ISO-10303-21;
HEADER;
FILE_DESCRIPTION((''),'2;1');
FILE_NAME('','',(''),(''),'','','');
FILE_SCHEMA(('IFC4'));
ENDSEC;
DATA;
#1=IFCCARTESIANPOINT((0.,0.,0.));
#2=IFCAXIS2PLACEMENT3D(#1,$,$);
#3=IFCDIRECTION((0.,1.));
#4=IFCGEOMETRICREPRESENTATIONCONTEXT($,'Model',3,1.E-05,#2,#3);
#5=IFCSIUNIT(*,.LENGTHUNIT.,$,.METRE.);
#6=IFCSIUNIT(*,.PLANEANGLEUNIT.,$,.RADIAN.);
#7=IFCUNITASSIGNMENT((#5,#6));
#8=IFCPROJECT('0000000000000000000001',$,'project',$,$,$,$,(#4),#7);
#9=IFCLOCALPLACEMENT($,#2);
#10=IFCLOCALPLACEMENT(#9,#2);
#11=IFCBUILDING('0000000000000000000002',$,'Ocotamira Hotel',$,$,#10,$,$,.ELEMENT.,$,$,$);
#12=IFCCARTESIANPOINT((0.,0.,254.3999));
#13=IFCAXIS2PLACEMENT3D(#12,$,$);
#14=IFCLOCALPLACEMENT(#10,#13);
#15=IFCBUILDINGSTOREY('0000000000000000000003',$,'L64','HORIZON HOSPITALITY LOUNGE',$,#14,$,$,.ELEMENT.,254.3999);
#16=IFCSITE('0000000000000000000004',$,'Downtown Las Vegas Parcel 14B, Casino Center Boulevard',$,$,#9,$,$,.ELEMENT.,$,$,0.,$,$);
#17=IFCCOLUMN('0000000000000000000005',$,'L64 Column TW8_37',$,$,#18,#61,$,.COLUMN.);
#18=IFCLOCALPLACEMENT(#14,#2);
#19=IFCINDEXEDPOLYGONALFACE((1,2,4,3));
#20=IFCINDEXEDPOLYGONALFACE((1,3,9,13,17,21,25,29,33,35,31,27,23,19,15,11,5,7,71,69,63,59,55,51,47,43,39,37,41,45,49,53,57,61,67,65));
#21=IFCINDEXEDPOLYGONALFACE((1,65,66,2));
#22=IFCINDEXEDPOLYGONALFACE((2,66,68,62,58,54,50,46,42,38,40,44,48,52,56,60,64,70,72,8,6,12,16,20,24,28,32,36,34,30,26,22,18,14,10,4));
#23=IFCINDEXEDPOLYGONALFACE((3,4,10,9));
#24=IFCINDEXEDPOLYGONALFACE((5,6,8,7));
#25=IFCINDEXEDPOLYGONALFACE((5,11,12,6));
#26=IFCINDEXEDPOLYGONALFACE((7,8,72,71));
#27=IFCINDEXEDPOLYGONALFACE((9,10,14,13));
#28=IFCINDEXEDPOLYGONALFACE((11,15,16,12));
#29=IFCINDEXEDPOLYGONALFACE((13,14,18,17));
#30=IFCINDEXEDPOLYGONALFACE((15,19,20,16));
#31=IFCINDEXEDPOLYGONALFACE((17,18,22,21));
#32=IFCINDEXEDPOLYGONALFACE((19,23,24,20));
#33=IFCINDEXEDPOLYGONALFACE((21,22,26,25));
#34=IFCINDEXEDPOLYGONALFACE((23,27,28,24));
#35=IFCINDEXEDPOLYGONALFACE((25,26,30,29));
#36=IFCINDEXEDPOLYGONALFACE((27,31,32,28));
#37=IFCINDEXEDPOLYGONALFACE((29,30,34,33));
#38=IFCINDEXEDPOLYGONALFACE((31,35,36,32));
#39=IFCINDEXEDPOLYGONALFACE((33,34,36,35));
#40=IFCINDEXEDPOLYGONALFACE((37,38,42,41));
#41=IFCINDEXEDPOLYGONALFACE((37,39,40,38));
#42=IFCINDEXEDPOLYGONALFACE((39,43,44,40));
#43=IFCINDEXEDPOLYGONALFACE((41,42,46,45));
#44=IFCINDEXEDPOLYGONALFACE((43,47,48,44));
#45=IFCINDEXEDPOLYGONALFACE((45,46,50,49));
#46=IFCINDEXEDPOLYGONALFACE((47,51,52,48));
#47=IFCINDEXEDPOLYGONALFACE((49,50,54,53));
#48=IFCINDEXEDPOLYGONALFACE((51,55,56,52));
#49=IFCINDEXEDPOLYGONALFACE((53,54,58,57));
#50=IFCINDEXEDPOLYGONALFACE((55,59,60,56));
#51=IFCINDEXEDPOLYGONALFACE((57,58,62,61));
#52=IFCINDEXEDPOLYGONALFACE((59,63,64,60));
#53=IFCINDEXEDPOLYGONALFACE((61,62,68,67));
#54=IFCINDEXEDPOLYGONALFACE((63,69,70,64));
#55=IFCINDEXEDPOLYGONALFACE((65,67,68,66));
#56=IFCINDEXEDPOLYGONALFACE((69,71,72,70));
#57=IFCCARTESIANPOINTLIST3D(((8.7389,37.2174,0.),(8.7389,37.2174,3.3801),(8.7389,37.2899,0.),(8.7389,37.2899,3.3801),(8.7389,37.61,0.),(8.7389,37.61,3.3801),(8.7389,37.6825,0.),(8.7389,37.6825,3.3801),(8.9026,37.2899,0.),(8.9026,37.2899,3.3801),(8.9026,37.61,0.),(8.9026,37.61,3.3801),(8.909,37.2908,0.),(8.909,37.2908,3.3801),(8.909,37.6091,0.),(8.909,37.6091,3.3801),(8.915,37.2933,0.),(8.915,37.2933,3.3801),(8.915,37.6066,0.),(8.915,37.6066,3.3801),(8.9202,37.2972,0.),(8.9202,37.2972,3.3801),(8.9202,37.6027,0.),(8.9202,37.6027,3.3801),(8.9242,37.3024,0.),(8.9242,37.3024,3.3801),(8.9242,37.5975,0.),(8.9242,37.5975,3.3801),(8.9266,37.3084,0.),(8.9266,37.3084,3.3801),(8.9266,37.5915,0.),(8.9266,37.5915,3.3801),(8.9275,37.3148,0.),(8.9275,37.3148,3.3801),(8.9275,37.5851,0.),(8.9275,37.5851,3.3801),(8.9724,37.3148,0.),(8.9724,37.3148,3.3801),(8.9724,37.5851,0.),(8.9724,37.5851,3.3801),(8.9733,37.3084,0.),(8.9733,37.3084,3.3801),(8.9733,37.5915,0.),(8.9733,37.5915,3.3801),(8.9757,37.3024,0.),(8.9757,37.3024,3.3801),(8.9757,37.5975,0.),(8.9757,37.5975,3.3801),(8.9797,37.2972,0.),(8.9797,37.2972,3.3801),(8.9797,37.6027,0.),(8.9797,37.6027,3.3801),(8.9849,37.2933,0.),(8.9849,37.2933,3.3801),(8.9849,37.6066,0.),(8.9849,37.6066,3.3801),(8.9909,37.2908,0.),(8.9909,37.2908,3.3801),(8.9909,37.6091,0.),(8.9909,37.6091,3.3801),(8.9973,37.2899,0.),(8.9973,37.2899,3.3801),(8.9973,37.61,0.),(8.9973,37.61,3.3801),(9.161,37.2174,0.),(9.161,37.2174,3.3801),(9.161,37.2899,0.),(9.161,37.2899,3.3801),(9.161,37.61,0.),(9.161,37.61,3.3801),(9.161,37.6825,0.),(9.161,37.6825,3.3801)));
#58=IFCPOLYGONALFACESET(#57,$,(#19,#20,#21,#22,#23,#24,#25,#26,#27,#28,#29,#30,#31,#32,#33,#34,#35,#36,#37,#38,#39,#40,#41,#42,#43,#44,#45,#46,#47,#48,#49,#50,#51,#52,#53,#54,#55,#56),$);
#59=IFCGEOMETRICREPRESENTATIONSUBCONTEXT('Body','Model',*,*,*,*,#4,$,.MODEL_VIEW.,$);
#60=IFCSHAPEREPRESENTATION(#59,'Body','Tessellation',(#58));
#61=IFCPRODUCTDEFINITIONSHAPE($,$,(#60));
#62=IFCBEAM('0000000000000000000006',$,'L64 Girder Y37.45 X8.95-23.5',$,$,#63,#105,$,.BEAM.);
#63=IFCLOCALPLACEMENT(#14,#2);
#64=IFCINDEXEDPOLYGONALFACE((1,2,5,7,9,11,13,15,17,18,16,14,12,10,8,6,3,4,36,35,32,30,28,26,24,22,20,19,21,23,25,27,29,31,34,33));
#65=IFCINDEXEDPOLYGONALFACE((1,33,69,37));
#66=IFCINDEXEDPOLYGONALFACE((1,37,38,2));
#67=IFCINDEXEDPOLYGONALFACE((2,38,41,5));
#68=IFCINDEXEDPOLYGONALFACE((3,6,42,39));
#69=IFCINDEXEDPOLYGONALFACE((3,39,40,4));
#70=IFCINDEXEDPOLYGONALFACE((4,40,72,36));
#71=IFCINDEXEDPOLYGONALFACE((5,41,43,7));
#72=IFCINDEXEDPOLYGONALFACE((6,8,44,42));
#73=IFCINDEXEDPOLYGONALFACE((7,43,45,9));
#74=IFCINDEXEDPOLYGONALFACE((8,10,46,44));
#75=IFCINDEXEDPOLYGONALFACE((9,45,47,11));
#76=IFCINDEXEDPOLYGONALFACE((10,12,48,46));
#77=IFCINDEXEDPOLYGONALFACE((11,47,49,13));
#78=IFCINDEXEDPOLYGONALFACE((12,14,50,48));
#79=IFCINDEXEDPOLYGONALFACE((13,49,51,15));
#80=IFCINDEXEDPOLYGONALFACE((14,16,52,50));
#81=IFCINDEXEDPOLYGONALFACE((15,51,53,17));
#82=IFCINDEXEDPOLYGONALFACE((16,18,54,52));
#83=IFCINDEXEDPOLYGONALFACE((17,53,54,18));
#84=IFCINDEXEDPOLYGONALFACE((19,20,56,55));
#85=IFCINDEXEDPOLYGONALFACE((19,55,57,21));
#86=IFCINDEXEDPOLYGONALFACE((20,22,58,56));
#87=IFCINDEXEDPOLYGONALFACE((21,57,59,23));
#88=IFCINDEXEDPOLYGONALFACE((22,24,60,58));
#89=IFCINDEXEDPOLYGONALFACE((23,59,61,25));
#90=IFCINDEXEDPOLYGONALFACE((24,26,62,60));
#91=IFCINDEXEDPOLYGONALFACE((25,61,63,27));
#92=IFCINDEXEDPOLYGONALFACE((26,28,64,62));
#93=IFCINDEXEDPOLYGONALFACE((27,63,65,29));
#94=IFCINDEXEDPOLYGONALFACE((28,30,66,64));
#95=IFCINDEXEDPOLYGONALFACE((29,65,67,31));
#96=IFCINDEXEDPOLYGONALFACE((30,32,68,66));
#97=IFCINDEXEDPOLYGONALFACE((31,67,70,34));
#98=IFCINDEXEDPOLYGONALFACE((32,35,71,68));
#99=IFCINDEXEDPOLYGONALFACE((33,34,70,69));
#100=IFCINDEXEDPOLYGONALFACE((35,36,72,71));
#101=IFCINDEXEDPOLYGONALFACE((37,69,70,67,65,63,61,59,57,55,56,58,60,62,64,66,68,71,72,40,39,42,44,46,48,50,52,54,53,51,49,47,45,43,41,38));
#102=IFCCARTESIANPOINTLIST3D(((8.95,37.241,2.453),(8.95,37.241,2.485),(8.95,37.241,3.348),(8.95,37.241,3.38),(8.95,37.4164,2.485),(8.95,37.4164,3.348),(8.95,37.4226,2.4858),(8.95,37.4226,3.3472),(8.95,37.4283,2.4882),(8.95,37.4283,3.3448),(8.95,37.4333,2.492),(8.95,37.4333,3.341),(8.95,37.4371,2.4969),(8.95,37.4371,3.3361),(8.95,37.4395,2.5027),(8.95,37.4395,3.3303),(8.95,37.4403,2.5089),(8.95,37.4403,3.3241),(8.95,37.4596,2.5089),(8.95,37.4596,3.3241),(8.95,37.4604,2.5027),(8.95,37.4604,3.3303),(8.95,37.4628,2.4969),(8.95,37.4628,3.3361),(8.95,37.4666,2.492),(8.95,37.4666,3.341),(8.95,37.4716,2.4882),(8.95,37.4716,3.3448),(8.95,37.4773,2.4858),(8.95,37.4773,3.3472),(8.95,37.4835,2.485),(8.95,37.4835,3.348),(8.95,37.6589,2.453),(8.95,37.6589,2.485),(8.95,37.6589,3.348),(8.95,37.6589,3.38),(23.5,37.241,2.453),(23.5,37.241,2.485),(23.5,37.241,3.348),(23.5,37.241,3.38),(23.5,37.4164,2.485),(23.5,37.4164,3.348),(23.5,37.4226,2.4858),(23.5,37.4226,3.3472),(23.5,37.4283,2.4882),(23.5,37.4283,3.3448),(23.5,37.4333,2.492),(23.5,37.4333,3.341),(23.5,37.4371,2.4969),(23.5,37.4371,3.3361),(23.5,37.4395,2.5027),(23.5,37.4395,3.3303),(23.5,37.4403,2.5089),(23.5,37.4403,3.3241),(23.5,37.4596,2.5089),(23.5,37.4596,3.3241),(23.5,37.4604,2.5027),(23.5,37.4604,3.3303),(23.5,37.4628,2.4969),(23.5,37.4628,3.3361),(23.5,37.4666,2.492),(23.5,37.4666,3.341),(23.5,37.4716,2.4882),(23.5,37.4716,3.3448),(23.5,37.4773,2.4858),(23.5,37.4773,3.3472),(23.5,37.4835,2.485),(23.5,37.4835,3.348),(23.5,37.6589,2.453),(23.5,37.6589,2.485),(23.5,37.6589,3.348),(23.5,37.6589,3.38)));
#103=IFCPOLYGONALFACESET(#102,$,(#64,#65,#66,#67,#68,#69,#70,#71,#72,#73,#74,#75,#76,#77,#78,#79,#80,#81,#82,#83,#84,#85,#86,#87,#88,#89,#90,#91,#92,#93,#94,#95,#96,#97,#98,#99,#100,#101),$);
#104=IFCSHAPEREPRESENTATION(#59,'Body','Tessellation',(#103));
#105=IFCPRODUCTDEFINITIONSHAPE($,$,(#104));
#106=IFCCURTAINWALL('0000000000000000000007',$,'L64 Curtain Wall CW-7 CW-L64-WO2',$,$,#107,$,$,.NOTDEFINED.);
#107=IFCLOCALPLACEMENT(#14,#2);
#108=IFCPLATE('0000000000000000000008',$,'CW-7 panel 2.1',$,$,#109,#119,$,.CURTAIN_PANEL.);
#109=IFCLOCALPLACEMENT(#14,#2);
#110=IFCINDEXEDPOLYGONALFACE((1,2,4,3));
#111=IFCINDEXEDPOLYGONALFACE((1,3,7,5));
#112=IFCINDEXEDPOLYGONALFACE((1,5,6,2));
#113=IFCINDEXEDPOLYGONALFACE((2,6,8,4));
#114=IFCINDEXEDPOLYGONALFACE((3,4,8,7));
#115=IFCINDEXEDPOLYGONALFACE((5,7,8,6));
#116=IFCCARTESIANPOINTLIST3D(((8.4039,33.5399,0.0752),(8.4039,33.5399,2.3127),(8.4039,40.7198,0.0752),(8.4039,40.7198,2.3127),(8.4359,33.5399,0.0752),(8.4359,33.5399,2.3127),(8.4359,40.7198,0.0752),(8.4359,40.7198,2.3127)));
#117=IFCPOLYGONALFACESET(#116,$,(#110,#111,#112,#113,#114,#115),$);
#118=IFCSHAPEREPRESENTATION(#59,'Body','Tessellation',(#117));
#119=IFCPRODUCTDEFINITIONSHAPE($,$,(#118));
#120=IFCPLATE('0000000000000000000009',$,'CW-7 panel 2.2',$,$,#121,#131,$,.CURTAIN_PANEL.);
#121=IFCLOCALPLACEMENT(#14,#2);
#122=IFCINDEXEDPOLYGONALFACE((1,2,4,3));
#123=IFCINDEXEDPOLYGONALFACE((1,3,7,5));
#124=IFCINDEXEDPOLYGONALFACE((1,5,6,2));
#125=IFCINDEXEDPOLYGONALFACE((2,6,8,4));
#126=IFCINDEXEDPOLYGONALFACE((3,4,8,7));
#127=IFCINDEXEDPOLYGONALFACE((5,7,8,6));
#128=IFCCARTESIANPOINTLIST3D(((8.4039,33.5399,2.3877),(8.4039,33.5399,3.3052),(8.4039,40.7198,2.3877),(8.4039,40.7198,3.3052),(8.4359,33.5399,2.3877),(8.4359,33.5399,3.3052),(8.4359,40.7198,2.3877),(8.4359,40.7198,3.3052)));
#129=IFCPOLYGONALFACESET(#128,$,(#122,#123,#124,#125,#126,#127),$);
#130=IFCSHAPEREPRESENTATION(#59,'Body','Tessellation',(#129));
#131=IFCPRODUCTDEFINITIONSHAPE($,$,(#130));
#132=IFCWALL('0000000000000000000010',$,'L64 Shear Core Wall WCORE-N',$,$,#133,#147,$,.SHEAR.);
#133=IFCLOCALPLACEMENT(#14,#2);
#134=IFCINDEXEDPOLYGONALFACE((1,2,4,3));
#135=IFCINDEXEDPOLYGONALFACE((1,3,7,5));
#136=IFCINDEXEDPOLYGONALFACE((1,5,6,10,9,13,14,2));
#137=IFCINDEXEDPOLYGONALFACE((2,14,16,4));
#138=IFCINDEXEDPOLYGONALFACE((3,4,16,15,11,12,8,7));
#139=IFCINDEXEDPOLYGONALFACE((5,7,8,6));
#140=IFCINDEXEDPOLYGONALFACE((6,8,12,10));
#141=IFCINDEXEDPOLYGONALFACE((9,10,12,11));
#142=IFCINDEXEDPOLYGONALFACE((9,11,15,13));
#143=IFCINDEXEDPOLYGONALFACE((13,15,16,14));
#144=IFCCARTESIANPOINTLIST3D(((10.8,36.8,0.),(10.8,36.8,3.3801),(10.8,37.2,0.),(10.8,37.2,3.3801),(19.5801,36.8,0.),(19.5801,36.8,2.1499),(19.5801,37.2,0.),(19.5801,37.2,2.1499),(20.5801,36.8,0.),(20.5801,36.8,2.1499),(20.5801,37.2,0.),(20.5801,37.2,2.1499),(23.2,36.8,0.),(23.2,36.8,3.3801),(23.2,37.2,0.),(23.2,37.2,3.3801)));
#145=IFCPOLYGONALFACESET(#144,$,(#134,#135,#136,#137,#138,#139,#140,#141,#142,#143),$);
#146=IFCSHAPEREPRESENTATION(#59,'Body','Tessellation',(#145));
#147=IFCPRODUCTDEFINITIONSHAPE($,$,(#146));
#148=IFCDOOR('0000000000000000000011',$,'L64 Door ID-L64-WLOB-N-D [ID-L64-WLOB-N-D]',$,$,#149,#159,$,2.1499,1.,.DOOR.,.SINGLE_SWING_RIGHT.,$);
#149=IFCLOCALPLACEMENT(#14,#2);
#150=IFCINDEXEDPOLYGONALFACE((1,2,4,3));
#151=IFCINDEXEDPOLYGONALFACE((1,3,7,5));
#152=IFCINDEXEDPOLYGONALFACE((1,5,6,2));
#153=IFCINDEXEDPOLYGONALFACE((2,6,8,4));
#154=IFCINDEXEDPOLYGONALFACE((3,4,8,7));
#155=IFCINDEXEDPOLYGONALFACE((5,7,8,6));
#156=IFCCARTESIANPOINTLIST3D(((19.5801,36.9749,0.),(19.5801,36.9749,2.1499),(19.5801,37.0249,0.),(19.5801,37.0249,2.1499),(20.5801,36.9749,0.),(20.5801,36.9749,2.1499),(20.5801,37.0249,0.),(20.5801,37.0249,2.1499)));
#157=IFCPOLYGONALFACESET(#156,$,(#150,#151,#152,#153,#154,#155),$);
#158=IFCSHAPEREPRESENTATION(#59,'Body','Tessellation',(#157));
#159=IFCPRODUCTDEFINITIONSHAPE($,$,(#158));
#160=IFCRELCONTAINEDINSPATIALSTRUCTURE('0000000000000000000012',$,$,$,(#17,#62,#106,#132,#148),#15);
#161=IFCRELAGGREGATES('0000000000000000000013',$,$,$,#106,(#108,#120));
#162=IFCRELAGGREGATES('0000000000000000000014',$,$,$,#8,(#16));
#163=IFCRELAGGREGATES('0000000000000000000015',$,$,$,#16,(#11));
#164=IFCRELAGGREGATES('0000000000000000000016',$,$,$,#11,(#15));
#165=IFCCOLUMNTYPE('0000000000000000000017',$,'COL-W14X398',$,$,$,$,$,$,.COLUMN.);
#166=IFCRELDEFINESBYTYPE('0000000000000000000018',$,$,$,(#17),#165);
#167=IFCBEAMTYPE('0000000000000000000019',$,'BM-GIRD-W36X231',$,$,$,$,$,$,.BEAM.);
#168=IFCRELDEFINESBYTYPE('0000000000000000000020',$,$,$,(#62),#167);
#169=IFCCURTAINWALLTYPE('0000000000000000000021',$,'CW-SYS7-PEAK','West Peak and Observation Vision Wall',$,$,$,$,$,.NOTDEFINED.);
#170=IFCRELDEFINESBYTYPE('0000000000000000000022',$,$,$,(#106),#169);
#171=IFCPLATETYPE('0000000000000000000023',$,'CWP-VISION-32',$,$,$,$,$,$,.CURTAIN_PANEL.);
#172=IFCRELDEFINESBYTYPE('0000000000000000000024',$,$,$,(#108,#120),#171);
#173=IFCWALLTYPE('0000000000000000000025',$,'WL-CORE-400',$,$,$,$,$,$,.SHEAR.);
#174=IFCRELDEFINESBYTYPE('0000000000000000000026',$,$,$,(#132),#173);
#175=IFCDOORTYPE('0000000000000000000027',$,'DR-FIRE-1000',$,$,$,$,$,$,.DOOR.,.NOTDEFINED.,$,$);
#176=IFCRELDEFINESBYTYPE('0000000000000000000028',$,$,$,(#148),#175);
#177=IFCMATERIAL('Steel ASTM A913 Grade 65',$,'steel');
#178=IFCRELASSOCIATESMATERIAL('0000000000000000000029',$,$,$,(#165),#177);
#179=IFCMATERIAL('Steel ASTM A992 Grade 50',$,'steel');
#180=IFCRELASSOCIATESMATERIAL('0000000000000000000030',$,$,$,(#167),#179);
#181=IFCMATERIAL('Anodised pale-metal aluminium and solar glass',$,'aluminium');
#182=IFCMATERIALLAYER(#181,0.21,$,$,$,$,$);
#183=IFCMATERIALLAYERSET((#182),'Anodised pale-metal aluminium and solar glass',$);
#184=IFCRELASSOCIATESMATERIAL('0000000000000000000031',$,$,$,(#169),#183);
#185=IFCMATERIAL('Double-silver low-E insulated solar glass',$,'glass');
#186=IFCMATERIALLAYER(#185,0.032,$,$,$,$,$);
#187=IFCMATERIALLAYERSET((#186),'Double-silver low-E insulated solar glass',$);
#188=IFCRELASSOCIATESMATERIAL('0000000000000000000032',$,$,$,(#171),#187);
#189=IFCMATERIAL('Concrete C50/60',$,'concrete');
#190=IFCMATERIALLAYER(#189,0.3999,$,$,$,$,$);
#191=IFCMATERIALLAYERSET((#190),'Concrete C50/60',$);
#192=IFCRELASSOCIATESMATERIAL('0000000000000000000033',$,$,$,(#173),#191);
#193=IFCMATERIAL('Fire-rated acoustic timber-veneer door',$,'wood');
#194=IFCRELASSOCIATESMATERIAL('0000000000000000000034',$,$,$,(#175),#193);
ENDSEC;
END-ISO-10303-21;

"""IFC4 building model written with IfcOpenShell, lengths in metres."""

from ifc_helpers import new_model, si_unit, direction, frame, frame_2d, origin, origin_2d, place, context, subcontext, project, spatial, rectangle, i_section, extrude, source, transform, mapped, material, layer, layer_set, material_profile, profile_set, type_object, element, fill, aggregate, save


model = new_model("IFC4")

# Units and contexts
model_context = context("Model", 3, precision=1e-05, world=origin(), true_north=direction((0.0, 1.0)))
body_context = subcontext(model_context, "Body", "Model", "MODEL_VIEW")
ifc_project = project(units=[si_unit("LENGTHUNIT", "METRE"), si_unit("PLANEANGLEUNIT", "RADIAN")], contexts=[model_context])

# Site, building, storey
site_placement = place(None, origin())
site = spatial("IfcSite", under=ifc_project, at=site_placement, Name="Downtown Las Vegas Parcel 14B, Casino Center Boulevard", CompositionType="ELEMENT", RefElevation=0.0)
building_placement = place(site_placement, origin())
building = spatial("IfcBuilding", under=site, at=building_placement, Name="Ocotamira Hotel", CompositionType="ELEMENT")
storey_placement = place(building_placement, frame((0.0, 0.0, 254.3999)))
storey = spatial("IfcBuildingStorey", under=building, at=storey_placement, Name="L64", Description="HORIZON HOSPITALITY LOUNGE", CompositionType="ELEMENT", Elevation=254.3999)

# Column
ifc_material_1 = material(Name="Steel ASTM A913 Grade 65", Category="steel")
ifc_material_profile_1 = material_profile(ifc_material_1, i_section(OverallWidth=0.4221, OverallDepth=0.4651, WebThickness=0.0449, FlangeThickness=0.0725, FilletRadius=0.0249, at=origin_2d()), Name="W14X398")
ifc_profile_set_1 = profile_set([ifc_material_profile_1], Name="Steel ASTM A913 Grade 65")
column_type = type_object("IfcColumnType", Name="COL-W14X398", PredefinedType="COLUMN", material=ifc_profile_set_1)
shared_shape_1 = source(origin(), body_context, "Body", "SweptSolid", [
    extrude(i_section(OverallWidth=0.4221, OverallDepth=0.4651, WebThickness=0.0449, FlangeThickness=0.0725, FilletRadius=0.0249, at=origin_2d()), origin(), (0.0, 0.0, 1.0), 3.3801),
])
column_placement = place(storey_placement, frame((8.95, 37.45, 0.0), z_axis=(0.0, 0.0, 1.0), x_axis=(1.0, 0.0, 0.0)))
element("IfcColumn", 1, at=column_placement, inside=storey, type_object=column_type, Name="L64 Column TW8_37", PredefinedType="COLUMN", context=body_context, shape_type="MappedRepresentation", body=[
    mapped(shared_shape_1, transform((0.0, 0.0, 0.0), scale=1.0)),
])

# Beam
ifc_material_2 = material(Name="Steel ASTM A992 Grade 50", Category="steel")
ifc_material_profile_2 = material_profile(ifc_material_2, i_section(OverallWidth=0.418, OverallDepth=0.927, WebThickness=0.0193, FlangeThickness=0.032, FilletRadius=0.0239, at=origin_2d()), Name="W36X231")
ifc_profile_set_2 = profile_set([ifc_material_profile_2], Name="Steel ASTM A992 Grade 50")
beam_type = type_object("IfcBeamType", Name="BM-GIRD-W36X231", PredefinedType="BEAM", material=ifc_profile_set_2)
shared_shape_2 = source(origin(), body_context, "Body", "SweptSolid", [
    extrude(i_section(OverallWidth=0.418, OverallDepth=0.927, WebThickness=0.0193, FlangeThickness=0.032, FilletRadius=0.0239, at=origin_2d()), origin(), (0.0, 0.0, 1.0), 14.55),
])
beam_placement = place(storey_placement, frame((8.95, 37.45, 2.9165), z_axis=(1.0, 0.0, 0.0), x_axis=(0.0, 1.0, 0.0)))
element("IfcBeam", 2, at=beam_placement, inside=storey, type_object=beam_type, Name="L64 Girder Y37.45 X8.95-23.5", PredefinedType="BEAM", context=body_context, shape_type="MappedRepresentation", body=[
    mapped(shared_shape_2, transform((0.0, 0.0, 0.0), scale=1.0)),
])

# Curtain wall, plates
ifc_material_3 = material(Name="Anodised pale-metal aluminium and solar glass", Category="aluminium")
ifc_layer_1 = layer(ifc_material_3, 0.21)
ifc_layer_set_1 = layer_set([ifc_layer_1], Name="Anodised pale-metal aluminium and solar glass")
curtain_wall_type = type_object("IfcCurtainWallType", Name="CW-SYS7-PEAK", Description="West Peak and Observation Vision Wall", PredefinedType="NOTDEFINED", material=ifc_layer_set_1)
curtain_wall_placement = place(storey_placement, origin())
curtain_wall = element("IfcCurtainWall", 3, at=curtain_wall_placement, inside=storey, type_object=curtain_wall_type, Name="L64 Curtain Wall CW-7 CW-L64-WO2", PredefinedType="NOTDEFINED")
ifc_material_4 = material(Name="Double-silver low-E insulated solar glass", Category="glass")
ifc_layer_2 = layer(ifc_material_4, 0.032)
ifc_layer_set_2 = layer_set([ifc_layer_2], Name="Double-silver low-E insulated solar glass")
plate_type = type_object("IfcPlateType", Name="CWP-VISION-32", PredefinedType="CURTAIN_PANEL", material=ifc_layer_set_2)
shared_shape_3 = source(origin(), body_context, "Body", "SweptSolid", [
    extrude(rectangle(XDim=7.1799, YDim=0.032, at=origin_2d()), origin(), (0.0, 0.0, 1.0), 2.2375),
])
plate_1_placement = place(storey_placement, frame((8.4199, 37.1299, 0.0752), z_axis=(0.0, 0.0, 1.0), x_axis=(0.0, 1.0, 0.0)))
plate_1 = element("IfcPlate", 4, at=plate_1_placement, type_object=plate_type, Name="CW-7 panel 2.1", PredefinedType="CURTAIN_PANEL", context=body_context, shape_type="MappedRepresentation", body=[
    mapped(shared_shape_3, transform((0.0, 0.0, 0.0), scale=1.0)),
])
shared_shape_4 = source(origin(), body_context, "Body", "SweptSolid", [
    extrude(rectangle(XDim=7.1799, YDim=0.032, at=origin_2d()), origin(), (0.0, 0.0, 1.0), 0.9175),
])
plate_2_placement = place(storey_placement, frame((8.4199, 37.1299, 2.3877), z_axis=(0.0, 0.0, 1.0), x_axis=(0.0, 1.0, 0.0)))
plate_2 = element("IfcPlate", 5, at=plate_2_placement, type_object=plate_type, Name="CW-7 panel 2.2", PredefinedType="CURTAIN_PANEL", context=body_context, shape_type="MappedRepresentation", body=[
    mapped(shared_shape_4, transform((0.0, 0.0, 0.0), scale=1.0)),
])
aggregate(curtain_wall, [plate_1, plate_2])

# Wall, opening, door
ifc_material_5 = material(Name="Concrete C50/60", Category="concrete")
ifc_layer_3 = layer(ifc_material_5, 0.3999)
ifc_layer_set_3 = layer_set([ifc_layer_3], Name="Concrete C50/60")
wall_type_1 = type_object("IfcWallType", Name="WL-CORE-400", PredefinedType="SHEAR", material=ifc_layer_set_3)
wall_1_placement = place(storey_placement, frame((10.8, 37.0, 0.0), z_axis=(0.0, 0.0, 1.0), x_axis=(1.0, 0.0, 0.0)))
wall_1 = element("IfcWall", 6, at=wall_1_placement, inside=storey, type_object=wall_type_1, Name="L64 Shear Core Wall WCORE-N", PredefinedType="SHEAR", context=body_context, shape_type="SweptSolid", body=[
    extrude(rectangle(XDim=12.3999, YDim=0.3999, at=frame_2d((6.2, 0.0))), origin(), (0.0, 0.0, 1.0), 3.3801),
])
opening_1_placement = place(wall_1_placement, frame((8.78, 0.0, 0.0)))
opening_1 = element("IfcOpeningElement", 7, at=opening_1_placement, cuts=wall_1, PredefinedType="OPENING", context=body_context, shape_type="SweptSolid", body=[
    extrude(rectangle(XDim=1.0, YDim=2.1499, at=frame_2d((0.5, 1.075))), frame((0.0, 0.21, 0.0), z_axis=(0.0, -1.0, 0.0), x_axis=(1.0, 0.0, 0.0)), (0.0, 0.0, 1.0), 0.4199),
])
ifc_material_6 = material(Name="Fire-rated acoustic timber-veneer door", Category="wood")
door_type_1 = type_object("IfcDoorType", Name="DR-FIRE-1000", OperationType="NOTDEFINED", PredefinedType="DOOR", material=ifc_material_6)
shared_shape_5 = source(origin(), body_context, "Body", "SweptSolid", [
    extrude(rectangle(XDim=1.0, YDim=2.1499, at=frame_2d((0.5, 1.075))), frame((0.0, 0.0249, 0.0), z_axis=(0.0, -1.0, 0.0), x_axis=(1.0, 0.0, 0.0)), (0.0, 0.0, 1.0), 0.05),
])
door_1_placement = place(opening_1_placement, origin())
door_1 = element("IfcDoor", 8, at=door_1_placement, inside=storey, type_object=door_type_1, Name="L64 Door ID-L64-WLOB-N-D [ID-L64-WLOB-N-D]", OperationType="SINGLE_SWING_RIGHT", OverallHeight=2.1499, OverallWidth=1.0, PredefinedType="DOOR", context=body_context, shape_type="MappedRepresentation", body=[
    mapped(shared_shape_5, transform((0.0, 0.0, 0.0), scale=1.0)),
])
fill(opening_1, door_1)

save(model, "model.ifc")
